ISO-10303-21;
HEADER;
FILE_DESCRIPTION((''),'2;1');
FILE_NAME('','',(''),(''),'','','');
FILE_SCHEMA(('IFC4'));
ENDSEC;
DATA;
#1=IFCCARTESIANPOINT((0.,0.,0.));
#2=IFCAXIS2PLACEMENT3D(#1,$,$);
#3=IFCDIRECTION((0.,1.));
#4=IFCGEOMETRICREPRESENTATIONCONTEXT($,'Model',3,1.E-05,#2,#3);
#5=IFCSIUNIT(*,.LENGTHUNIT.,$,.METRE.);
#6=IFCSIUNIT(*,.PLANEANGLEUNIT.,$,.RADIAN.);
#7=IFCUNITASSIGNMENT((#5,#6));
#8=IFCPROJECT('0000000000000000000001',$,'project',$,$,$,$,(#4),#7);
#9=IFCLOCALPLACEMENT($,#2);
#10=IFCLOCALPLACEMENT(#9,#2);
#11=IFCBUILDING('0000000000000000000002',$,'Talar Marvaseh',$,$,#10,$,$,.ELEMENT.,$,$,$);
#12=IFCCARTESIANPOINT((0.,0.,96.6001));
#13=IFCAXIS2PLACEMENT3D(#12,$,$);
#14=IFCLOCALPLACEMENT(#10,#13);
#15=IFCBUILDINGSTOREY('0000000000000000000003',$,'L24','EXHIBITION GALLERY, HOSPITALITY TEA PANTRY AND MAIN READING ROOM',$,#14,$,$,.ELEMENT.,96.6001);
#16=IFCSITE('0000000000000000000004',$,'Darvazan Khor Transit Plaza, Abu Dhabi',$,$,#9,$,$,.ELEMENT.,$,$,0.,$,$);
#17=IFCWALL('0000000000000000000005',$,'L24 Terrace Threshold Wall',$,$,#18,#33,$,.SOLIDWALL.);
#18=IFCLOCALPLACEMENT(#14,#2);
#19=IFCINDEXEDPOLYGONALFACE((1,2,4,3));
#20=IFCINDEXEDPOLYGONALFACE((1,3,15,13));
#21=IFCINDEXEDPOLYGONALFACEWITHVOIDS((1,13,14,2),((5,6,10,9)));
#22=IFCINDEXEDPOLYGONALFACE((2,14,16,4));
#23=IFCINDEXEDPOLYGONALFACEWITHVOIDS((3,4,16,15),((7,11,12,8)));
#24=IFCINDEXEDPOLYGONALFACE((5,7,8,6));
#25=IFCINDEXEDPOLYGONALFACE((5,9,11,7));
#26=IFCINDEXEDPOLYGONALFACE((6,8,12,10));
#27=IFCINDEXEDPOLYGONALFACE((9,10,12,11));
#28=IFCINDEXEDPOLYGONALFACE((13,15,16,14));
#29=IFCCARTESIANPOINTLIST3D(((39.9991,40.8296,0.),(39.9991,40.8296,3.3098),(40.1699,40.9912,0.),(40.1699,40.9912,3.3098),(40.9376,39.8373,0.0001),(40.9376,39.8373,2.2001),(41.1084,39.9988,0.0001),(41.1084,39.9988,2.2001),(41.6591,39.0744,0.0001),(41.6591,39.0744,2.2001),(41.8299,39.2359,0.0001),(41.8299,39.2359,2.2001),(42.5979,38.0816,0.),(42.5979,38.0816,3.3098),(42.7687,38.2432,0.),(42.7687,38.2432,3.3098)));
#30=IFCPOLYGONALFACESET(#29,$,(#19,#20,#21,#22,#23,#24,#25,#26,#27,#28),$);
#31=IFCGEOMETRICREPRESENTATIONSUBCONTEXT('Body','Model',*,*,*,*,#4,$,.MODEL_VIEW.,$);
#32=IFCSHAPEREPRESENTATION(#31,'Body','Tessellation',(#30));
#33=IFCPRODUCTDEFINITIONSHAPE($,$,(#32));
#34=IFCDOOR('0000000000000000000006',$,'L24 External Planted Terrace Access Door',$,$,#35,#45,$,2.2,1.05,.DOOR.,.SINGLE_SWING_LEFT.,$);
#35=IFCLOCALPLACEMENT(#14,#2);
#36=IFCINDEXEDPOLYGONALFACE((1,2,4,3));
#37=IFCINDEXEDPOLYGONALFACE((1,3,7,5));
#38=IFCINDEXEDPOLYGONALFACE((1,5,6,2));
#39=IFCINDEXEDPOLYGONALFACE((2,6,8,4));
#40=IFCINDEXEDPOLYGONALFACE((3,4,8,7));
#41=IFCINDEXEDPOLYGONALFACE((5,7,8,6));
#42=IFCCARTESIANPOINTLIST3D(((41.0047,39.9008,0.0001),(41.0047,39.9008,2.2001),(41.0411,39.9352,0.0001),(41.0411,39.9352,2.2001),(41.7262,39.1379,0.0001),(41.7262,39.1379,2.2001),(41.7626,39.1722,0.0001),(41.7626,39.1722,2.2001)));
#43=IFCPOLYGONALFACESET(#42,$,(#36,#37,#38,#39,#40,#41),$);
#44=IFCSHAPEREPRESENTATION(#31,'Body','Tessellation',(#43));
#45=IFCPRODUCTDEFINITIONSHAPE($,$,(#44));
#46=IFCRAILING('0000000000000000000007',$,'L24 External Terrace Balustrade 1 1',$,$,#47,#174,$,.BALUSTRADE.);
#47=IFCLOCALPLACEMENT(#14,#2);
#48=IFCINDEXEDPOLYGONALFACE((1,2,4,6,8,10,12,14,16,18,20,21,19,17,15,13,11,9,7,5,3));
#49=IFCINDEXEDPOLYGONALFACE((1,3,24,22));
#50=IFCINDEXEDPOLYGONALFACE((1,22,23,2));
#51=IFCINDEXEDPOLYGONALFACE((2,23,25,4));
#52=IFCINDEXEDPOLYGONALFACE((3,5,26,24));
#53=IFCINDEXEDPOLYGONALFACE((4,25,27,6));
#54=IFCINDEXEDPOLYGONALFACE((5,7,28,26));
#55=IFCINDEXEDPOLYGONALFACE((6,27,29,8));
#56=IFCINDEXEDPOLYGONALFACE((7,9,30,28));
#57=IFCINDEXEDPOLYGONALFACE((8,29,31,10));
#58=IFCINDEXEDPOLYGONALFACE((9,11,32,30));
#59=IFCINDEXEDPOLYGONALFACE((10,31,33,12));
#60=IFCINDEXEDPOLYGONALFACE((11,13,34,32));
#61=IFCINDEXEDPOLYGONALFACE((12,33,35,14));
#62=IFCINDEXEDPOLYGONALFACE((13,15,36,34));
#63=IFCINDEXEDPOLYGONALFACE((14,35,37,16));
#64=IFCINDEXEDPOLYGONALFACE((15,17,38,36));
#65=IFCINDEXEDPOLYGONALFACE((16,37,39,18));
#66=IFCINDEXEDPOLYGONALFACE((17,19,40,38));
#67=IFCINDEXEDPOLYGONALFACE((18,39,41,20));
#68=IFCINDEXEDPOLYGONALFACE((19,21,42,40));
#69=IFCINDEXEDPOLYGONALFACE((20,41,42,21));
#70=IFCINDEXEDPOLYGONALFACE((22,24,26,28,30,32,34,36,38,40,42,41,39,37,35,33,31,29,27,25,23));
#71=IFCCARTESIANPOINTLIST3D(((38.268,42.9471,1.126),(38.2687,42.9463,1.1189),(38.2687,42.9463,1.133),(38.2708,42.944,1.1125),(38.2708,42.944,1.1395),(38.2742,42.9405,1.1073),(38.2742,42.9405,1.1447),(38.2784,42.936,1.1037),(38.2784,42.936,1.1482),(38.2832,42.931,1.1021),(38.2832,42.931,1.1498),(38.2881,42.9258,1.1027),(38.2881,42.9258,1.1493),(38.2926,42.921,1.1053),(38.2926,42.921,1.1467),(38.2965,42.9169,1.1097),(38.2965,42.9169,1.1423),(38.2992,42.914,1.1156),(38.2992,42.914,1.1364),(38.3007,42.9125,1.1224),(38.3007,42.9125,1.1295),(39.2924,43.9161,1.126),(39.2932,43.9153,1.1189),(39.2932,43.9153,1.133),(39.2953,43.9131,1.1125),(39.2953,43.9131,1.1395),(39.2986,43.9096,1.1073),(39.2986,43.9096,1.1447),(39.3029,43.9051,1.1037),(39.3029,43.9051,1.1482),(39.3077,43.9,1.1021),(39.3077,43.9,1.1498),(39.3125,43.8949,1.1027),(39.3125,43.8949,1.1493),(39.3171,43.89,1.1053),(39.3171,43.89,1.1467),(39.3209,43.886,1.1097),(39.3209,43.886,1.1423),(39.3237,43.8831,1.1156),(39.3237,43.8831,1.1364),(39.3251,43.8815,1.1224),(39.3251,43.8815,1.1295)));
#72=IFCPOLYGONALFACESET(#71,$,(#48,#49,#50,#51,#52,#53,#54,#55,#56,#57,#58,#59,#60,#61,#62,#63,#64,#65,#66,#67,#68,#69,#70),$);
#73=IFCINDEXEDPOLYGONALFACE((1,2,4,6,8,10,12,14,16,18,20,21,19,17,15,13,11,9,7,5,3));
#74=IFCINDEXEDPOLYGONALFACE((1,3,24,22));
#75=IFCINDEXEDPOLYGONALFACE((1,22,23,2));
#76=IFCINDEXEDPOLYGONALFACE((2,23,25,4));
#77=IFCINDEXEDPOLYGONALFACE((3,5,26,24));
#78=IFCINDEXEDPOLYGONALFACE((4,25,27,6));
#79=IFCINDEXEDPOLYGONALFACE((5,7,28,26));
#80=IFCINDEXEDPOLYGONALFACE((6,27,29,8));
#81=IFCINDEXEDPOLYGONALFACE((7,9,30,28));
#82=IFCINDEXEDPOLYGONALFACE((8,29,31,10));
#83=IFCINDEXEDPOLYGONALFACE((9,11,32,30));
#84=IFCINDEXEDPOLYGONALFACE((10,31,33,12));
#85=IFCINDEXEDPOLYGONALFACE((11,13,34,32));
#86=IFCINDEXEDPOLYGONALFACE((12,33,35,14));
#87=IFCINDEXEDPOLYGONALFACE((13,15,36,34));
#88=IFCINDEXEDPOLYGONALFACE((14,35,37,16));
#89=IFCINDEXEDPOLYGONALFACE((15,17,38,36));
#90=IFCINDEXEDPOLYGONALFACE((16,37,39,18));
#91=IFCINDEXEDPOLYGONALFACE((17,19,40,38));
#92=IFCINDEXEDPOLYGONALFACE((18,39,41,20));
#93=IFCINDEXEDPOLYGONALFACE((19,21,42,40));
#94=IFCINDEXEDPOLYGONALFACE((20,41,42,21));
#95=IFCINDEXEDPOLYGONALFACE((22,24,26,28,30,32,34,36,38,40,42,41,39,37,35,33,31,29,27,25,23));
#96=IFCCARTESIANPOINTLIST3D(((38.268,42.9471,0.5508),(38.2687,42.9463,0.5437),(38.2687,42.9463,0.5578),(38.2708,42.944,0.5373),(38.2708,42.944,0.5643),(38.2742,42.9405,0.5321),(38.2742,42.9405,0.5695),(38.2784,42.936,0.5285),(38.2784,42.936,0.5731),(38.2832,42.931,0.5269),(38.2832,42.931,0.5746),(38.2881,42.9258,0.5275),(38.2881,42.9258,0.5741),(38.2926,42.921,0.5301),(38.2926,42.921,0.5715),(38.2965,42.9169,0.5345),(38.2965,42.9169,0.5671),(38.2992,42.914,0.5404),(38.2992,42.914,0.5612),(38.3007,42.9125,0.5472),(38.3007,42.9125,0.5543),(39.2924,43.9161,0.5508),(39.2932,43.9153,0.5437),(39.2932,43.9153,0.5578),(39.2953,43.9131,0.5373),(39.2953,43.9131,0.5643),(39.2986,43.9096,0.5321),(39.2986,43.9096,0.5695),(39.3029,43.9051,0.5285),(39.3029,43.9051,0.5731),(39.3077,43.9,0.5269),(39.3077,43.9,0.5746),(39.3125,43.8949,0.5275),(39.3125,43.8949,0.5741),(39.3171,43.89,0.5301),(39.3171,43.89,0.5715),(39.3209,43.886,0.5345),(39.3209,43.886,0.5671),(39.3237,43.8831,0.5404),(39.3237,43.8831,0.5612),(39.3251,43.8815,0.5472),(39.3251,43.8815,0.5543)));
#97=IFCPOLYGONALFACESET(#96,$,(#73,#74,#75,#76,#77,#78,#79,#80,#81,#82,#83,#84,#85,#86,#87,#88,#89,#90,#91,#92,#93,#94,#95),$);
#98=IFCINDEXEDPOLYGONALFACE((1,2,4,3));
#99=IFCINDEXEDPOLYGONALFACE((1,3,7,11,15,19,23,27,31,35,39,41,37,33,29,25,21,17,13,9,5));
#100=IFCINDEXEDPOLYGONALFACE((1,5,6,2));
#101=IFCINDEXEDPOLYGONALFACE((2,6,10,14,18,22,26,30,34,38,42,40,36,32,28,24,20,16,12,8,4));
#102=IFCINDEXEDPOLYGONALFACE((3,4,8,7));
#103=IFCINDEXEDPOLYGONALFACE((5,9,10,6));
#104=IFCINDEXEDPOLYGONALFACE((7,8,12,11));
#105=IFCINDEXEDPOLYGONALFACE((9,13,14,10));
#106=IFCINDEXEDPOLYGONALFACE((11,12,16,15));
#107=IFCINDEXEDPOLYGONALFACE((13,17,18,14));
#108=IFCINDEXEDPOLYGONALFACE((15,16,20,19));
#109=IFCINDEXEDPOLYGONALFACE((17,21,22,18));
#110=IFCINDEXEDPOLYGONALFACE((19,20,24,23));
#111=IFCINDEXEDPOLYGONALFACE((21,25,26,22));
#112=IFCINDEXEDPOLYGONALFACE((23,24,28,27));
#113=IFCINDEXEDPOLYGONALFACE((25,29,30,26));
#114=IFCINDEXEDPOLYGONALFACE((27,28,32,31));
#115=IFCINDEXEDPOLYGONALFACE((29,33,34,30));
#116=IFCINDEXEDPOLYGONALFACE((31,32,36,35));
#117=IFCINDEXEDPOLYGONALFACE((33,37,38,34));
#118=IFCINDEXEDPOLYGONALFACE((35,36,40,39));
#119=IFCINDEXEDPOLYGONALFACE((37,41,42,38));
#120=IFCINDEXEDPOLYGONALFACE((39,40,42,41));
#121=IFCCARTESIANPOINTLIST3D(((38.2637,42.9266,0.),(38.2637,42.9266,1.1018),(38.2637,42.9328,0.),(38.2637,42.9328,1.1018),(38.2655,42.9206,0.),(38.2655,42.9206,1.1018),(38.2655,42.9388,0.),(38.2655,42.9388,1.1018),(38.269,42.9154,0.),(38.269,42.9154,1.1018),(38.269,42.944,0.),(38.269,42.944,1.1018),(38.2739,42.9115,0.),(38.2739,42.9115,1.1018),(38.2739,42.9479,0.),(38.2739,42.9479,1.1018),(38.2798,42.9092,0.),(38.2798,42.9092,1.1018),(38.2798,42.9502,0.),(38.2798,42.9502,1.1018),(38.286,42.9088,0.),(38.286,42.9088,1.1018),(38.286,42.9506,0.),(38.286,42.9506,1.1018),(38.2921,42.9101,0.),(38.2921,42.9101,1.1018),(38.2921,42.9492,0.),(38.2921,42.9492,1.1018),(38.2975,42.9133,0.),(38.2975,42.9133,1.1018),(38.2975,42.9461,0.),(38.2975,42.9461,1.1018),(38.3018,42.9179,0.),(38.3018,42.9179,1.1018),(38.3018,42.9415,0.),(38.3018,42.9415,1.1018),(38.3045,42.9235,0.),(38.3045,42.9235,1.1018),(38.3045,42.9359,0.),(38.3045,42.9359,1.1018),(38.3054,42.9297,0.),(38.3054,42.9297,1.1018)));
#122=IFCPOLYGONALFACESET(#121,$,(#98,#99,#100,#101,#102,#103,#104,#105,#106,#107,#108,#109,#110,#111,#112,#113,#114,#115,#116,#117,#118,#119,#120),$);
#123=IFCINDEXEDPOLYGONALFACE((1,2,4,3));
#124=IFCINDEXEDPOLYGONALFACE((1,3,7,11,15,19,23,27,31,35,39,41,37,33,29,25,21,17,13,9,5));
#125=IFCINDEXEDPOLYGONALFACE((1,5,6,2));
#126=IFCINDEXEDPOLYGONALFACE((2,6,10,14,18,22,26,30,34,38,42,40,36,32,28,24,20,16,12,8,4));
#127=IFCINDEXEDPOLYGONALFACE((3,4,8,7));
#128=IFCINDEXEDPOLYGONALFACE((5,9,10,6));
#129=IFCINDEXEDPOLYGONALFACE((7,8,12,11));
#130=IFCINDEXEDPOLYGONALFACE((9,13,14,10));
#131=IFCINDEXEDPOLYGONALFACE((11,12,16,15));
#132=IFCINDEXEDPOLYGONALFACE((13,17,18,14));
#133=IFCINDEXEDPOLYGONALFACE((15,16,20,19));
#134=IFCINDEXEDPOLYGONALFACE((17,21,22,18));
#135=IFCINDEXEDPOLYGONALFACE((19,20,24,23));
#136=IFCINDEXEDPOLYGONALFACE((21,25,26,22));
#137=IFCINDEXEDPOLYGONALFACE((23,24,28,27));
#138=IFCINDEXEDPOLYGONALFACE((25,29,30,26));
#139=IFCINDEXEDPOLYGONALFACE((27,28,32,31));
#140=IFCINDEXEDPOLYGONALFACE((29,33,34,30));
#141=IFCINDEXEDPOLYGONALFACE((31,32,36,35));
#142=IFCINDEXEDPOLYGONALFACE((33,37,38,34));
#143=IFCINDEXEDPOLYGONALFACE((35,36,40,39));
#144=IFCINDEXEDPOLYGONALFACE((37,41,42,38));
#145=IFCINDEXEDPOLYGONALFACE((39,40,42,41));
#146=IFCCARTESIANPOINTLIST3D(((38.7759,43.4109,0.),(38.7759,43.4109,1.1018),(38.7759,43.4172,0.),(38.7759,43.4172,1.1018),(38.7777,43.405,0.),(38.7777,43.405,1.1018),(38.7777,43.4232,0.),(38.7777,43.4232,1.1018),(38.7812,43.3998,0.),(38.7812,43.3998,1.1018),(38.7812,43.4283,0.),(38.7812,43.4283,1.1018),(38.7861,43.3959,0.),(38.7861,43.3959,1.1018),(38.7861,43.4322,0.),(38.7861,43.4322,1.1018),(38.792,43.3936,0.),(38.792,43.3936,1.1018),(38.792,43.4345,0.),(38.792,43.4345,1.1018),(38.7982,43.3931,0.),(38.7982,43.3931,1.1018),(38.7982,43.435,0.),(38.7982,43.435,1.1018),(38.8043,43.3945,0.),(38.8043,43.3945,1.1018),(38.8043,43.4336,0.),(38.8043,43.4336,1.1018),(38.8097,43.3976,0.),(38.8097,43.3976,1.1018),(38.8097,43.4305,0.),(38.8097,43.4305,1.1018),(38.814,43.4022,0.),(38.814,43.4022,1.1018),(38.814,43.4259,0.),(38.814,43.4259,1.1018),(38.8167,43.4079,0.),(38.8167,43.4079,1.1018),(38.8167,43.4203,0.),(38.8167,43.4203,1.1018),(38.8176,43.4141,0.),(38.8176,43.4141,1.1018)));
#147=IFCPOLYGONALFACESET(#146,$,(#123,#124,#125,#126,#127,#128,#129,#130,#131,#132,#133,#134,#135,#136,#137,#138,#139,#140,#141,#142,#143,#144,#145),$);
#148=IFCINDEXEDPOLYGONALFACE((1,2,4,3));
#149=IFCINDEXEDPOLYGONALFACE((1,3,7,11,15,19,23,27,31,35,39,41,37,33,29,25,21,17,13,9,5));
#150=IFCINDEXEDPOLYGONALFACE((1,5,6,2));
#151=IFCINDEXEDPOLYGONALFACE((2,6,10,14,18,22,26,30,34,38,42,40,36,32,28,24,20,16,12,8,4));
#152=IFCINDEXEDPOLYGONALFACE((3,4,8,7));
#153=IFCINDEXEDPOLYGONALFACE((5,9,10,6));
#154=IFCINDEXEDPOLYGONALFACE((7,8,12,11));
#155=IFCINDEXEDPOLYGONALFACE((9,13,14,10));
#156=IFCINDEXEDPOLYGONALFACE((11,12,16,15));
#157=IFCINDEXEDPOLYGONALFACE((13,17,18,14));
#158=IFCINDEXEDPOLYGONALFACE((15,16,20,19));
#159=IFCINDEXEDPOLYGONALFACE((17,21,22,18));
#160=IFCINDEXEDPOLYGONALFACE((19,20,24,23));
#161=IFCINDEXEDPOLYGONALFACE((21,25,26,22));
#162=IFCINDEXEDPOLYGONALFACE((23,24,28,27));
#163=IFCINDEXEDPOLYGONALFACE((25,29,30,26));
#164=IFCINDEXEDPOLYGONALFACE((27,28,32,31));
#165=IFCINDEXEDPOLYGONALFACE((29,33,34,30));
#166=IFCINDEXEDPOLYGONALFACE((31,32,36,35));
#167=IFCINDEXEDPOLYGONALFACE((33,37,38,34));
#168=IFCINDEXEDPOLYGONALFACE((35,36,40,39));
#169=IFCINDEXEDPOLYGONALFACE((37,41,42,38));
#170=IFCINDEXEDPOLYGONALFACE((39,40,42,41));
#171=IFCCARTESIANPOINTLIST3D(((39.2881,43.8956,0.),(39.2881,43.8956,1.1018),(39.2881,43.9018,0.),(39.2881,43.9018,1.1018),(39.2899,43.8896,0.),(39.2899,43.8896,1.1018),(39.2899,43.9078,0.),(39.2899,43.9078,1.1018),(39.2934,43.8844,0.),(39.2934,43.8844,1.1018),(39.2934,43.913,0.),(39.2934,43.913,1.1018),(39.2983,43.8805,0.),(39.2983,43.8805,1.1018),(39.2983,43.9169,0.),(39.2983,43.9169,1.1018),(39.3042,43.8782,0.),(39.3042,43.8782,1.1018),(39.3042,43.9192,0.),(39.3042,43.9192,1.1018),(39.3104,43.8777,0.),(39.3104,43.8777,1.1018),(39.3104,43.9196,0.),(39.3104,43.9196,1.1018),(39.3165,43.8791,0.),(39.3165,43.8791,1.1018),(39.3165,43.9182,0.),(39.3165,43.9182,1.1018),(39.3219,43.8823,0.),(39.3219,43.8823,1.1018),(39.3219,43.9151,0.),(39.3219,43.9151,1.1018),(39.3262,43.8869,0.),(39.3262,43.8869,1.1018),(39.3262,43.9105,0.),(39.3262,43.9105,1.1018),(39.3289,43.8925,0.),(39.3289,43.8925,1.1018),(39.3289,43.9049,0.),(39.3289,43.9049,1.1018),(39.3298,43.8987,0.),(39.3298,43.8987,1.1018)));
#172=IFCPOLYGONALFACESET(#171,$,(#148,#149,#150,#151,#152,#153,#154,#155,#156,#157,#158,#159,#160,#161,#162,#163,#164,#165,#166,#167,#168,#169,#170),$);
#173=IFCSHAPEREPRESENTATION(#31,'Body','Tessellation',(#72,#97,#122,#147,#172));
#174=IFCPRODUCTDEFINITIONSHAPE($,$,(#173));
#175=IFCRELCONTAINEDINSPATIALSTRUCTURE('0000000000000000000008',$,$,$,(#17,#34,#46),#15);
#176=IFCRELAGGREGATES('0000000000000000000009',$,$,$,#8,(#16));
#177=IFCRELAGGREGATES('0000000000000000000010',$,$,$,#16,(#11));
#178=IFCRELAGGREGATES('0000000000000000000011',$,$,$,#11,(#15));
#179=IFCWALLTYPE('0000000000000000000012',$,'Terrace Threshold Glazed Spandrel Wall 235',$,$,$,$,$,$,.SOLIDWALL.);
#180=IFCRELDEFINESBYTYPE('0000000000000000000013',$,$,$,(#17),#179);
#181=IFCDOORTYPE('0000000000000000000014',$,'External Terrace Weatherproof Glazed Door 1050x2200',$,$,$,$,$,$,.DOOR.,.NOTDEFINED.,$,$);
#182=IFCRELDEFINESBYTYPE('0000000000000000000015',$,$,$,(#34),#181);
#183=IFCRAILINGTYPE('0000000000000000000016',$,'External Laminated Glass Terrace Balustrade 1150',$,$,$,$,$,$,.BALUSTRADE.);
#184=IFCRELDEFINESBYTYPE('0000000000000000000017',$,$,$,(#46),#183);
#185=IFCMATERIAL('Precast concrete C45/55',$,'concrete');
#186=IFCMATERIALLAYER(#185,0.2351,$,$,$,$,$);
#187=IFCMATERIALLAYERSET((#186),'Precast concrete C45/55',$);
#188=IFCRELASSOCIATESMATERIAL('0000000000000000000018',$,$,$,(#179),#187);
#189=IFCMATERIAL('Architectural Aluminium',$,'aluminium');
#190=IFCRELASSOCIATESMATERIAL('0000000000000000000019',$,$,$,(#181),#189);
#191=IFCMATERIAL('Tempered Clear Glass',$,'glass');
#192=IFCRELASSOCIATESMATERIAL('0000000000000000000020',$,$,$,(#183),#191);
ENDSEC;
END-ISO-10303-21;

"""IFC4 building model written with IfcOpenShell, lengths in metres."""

from ifc_helpers import new_model, si_unit, direction, frame, frame_2d, origin, origin_2d, place, context, subcontext, project, spatial, rectangle, circle, extrude, source, transform, mapped, material, layer, layer_set, type_object, type_shapes, element, fill, save


model = new_model("IFC4")

# Units and contexts
model_context = context("Model", 3, precision=1e-05, world=origin(), true_north=direction((0.0, 1.0)))
body_context = subcontext(model_context, "Body", "Model", "MODEL_VIEW")
ifc_project = project(units=[si_unit("LENGTHUNIT", "METRE"), si_unit("PLANEANGLEUNIT", "RADIAN")], contexts=[model_context])

# Site, building, storey
site_placement = place(None, origin())
site = spatial("IfcSite", under=ifc_project, at=site_placement, Name="Darvazan Khor Transit Plaza, Abu Dhabi", CompositionType="ELEMENT", RefElevation=0.0)
building_placement = place(site_placement, origin())
building = spatial("IfcBuilding", under=site, at=building_placement, Name="Talar Marvaseh", CompositionType="ELEMENT")
storey_placement = place(building_placement, frame((0.0, 0.0, 96.6001)))
storey = spatial("IfcBuildingStorey", under=building, at=storey_placement, Name="L24", Description="EXHIBITION GALLERY, HOSPITALITY TEA PANTRY AND MAIN READING ROOM", CompositionType="ELEMENT", Elevation=96.6001)

# Shared definitions
ifc_material_1 = material(Name="Architectural Aluminium", Category="aluminium")

# Shared definitions
ifc_material_2 = material(Name="Precast concrete C45/55", Category="concrete")

# Wall, opening, door
ifc_layer_1 = layer(ifc_material_2, 0.2351)
ifc_layer_set_1 = layer_set([ifc_layer_1], Name="Precast concrete C45/55")
wall_type_1 = type_object("IfcWallType", Name="Terrace Threshold Glazed Spandrel Wall 235", PredefinedType="SOLIDWALL", material=ifc_layer_set_1)
wall_1_placement = place(storey_placement, frame((40.0845, 40.9104, 0.0), z_axis=(0.0, 0.0, 1.0), x_axis=(0.687112, -0.726551, 0.0)))
wall_1 = element("IfcWall", 1, at=wall_1_placement, inside=storey, type_object=wall_type_1, Name="L24 Terrace Threshold Wall", PredefinedType="SOLIDWALL", context=body_context, shape_type="SweptSolid", body=[
    extrude(rectangle(XDim=3.7822, YDim=0.2351, at=frame_2d((1.8911, 0.0))), origin(), (0.0, 0.0, 1.0), 3.3098),
])
opening_placement = place(wall_1_placement, frame((1.366, 0.0, 0.0)))
opening = element("IfcOpeningElement", 2, at=opening_placement, cuts=wall_1, PredefinedType="OPENING", context=body_context, shape_type="SweptSolid", body=[
    extrude(rectangle(XDim=1.05, YDim=2.2, at=frame_2d((0.5249, 1.1001))), frame((0.0, 0.1274, 0.0), z_axis=(0.0, -1.0, 0.0), x_axis=(1.0, 0.0, 0.0)), (0.0, 0.0, 1.0), 0.2551),
])
door_type = type_object("IfcDoorType", Name="External Terrace Weatherproof Glazed Door 1050x2200", OperationType="NOTDEFINED", PredefinedType="DOOR", material=ifc_material_1)
shared_shape_1 = source(origin(), body_context, "Body", "SweptSolid", [
    extrude(rectangle(XDim=1.05, YDim=2.2, at=frame_2d((0.5249, 1.1001))), frame((0.0, 0.0249, 0.0), z_axis=(0.0, -1.0, 0.0), x_axis=(1.0, 0.0, 0.0)), (0.0, 0.0, 1.0), 0.05),
])
type_shapes(door_type, [shared_shape_1])
door_placement = place(opening_placement, origin())
door = element("IfcDoor", 3, at=door_placement, inside=storey, type_object=door_type, Name="L24 External Planted Terrace Access Door", OperationType="SINGLE_SWING_LEFT", OverallHeight=2.2, OverallWidth=1.05, PredefinedType="DOOR", context=body_context, shape_type="MappedRepresentation", body=[
    mapped(shared_shape_1, transform((0.0, 0.0, 0.0), x_axis=(1.0, 0.0, 0.0), y_axis=(0.0, 1.0, 0.0), z_axis=(0.0, 0.0, 1.0), scale=1.0)),
])
fill(opening, door)

# Railing
ifc_material_3 = material(Name="Tempered Clear Glass", Category="glass")
railing_type = type_object("IfcRailingType", Name="External Laminated Glass Terrace Balustrade 1150", PredefinedType="BALUSTRADE", material=ifc_material_3)
railing_1_placement = place(storey_placement, frame((38.2844, 42.9297, 0.0)))
element("IfcRailing", 4, at=railing_1_placement, inside=storey, type_object=railing_type, Name="L24 External Terrace Balustrade 1 1", PredefinedType="BALUSTRADE", context=body_context, shape_type="SweptSolid", body=[
    extrude(circle(Radius=0.0239, at=origin_2d()), frame((0.0, 0.0, 1.126), z_axis=(0.726485, 0.687183, 0.0), x_axis=(-0.687183, 0.726485, 0.0)), (0.0, 0.0, 1.0), 1.4102),
    extrude(circle(Radius=0.0239, at=origin_2d()), frame((0.0, 0.0, 0.5508), z_axis=(0.726485, 0.687183, 0.0), x_axis=(-0.687183, 0.726485, 0.0)), (0.0, 0.0, 1.0), 1.4102),
    extrude(circle(Radius=0.021, at=origin_2d()), origin(), (0.0, 0.0, 1.0), 1.1018),
    extrude(circle(Radius=0.021, at=origin_2d()), frame((0.5122, 0.4844, 0.0)), (0.0, 0.0, 1.0), 1.1018),
    extrude(circle(Radius=0.021, at=origin_2d()), frame((1.0244, 0.969, 0.0)), (0.0, 0.0, 1.0), 1.1018),
])

save(model, "model.ifc")
